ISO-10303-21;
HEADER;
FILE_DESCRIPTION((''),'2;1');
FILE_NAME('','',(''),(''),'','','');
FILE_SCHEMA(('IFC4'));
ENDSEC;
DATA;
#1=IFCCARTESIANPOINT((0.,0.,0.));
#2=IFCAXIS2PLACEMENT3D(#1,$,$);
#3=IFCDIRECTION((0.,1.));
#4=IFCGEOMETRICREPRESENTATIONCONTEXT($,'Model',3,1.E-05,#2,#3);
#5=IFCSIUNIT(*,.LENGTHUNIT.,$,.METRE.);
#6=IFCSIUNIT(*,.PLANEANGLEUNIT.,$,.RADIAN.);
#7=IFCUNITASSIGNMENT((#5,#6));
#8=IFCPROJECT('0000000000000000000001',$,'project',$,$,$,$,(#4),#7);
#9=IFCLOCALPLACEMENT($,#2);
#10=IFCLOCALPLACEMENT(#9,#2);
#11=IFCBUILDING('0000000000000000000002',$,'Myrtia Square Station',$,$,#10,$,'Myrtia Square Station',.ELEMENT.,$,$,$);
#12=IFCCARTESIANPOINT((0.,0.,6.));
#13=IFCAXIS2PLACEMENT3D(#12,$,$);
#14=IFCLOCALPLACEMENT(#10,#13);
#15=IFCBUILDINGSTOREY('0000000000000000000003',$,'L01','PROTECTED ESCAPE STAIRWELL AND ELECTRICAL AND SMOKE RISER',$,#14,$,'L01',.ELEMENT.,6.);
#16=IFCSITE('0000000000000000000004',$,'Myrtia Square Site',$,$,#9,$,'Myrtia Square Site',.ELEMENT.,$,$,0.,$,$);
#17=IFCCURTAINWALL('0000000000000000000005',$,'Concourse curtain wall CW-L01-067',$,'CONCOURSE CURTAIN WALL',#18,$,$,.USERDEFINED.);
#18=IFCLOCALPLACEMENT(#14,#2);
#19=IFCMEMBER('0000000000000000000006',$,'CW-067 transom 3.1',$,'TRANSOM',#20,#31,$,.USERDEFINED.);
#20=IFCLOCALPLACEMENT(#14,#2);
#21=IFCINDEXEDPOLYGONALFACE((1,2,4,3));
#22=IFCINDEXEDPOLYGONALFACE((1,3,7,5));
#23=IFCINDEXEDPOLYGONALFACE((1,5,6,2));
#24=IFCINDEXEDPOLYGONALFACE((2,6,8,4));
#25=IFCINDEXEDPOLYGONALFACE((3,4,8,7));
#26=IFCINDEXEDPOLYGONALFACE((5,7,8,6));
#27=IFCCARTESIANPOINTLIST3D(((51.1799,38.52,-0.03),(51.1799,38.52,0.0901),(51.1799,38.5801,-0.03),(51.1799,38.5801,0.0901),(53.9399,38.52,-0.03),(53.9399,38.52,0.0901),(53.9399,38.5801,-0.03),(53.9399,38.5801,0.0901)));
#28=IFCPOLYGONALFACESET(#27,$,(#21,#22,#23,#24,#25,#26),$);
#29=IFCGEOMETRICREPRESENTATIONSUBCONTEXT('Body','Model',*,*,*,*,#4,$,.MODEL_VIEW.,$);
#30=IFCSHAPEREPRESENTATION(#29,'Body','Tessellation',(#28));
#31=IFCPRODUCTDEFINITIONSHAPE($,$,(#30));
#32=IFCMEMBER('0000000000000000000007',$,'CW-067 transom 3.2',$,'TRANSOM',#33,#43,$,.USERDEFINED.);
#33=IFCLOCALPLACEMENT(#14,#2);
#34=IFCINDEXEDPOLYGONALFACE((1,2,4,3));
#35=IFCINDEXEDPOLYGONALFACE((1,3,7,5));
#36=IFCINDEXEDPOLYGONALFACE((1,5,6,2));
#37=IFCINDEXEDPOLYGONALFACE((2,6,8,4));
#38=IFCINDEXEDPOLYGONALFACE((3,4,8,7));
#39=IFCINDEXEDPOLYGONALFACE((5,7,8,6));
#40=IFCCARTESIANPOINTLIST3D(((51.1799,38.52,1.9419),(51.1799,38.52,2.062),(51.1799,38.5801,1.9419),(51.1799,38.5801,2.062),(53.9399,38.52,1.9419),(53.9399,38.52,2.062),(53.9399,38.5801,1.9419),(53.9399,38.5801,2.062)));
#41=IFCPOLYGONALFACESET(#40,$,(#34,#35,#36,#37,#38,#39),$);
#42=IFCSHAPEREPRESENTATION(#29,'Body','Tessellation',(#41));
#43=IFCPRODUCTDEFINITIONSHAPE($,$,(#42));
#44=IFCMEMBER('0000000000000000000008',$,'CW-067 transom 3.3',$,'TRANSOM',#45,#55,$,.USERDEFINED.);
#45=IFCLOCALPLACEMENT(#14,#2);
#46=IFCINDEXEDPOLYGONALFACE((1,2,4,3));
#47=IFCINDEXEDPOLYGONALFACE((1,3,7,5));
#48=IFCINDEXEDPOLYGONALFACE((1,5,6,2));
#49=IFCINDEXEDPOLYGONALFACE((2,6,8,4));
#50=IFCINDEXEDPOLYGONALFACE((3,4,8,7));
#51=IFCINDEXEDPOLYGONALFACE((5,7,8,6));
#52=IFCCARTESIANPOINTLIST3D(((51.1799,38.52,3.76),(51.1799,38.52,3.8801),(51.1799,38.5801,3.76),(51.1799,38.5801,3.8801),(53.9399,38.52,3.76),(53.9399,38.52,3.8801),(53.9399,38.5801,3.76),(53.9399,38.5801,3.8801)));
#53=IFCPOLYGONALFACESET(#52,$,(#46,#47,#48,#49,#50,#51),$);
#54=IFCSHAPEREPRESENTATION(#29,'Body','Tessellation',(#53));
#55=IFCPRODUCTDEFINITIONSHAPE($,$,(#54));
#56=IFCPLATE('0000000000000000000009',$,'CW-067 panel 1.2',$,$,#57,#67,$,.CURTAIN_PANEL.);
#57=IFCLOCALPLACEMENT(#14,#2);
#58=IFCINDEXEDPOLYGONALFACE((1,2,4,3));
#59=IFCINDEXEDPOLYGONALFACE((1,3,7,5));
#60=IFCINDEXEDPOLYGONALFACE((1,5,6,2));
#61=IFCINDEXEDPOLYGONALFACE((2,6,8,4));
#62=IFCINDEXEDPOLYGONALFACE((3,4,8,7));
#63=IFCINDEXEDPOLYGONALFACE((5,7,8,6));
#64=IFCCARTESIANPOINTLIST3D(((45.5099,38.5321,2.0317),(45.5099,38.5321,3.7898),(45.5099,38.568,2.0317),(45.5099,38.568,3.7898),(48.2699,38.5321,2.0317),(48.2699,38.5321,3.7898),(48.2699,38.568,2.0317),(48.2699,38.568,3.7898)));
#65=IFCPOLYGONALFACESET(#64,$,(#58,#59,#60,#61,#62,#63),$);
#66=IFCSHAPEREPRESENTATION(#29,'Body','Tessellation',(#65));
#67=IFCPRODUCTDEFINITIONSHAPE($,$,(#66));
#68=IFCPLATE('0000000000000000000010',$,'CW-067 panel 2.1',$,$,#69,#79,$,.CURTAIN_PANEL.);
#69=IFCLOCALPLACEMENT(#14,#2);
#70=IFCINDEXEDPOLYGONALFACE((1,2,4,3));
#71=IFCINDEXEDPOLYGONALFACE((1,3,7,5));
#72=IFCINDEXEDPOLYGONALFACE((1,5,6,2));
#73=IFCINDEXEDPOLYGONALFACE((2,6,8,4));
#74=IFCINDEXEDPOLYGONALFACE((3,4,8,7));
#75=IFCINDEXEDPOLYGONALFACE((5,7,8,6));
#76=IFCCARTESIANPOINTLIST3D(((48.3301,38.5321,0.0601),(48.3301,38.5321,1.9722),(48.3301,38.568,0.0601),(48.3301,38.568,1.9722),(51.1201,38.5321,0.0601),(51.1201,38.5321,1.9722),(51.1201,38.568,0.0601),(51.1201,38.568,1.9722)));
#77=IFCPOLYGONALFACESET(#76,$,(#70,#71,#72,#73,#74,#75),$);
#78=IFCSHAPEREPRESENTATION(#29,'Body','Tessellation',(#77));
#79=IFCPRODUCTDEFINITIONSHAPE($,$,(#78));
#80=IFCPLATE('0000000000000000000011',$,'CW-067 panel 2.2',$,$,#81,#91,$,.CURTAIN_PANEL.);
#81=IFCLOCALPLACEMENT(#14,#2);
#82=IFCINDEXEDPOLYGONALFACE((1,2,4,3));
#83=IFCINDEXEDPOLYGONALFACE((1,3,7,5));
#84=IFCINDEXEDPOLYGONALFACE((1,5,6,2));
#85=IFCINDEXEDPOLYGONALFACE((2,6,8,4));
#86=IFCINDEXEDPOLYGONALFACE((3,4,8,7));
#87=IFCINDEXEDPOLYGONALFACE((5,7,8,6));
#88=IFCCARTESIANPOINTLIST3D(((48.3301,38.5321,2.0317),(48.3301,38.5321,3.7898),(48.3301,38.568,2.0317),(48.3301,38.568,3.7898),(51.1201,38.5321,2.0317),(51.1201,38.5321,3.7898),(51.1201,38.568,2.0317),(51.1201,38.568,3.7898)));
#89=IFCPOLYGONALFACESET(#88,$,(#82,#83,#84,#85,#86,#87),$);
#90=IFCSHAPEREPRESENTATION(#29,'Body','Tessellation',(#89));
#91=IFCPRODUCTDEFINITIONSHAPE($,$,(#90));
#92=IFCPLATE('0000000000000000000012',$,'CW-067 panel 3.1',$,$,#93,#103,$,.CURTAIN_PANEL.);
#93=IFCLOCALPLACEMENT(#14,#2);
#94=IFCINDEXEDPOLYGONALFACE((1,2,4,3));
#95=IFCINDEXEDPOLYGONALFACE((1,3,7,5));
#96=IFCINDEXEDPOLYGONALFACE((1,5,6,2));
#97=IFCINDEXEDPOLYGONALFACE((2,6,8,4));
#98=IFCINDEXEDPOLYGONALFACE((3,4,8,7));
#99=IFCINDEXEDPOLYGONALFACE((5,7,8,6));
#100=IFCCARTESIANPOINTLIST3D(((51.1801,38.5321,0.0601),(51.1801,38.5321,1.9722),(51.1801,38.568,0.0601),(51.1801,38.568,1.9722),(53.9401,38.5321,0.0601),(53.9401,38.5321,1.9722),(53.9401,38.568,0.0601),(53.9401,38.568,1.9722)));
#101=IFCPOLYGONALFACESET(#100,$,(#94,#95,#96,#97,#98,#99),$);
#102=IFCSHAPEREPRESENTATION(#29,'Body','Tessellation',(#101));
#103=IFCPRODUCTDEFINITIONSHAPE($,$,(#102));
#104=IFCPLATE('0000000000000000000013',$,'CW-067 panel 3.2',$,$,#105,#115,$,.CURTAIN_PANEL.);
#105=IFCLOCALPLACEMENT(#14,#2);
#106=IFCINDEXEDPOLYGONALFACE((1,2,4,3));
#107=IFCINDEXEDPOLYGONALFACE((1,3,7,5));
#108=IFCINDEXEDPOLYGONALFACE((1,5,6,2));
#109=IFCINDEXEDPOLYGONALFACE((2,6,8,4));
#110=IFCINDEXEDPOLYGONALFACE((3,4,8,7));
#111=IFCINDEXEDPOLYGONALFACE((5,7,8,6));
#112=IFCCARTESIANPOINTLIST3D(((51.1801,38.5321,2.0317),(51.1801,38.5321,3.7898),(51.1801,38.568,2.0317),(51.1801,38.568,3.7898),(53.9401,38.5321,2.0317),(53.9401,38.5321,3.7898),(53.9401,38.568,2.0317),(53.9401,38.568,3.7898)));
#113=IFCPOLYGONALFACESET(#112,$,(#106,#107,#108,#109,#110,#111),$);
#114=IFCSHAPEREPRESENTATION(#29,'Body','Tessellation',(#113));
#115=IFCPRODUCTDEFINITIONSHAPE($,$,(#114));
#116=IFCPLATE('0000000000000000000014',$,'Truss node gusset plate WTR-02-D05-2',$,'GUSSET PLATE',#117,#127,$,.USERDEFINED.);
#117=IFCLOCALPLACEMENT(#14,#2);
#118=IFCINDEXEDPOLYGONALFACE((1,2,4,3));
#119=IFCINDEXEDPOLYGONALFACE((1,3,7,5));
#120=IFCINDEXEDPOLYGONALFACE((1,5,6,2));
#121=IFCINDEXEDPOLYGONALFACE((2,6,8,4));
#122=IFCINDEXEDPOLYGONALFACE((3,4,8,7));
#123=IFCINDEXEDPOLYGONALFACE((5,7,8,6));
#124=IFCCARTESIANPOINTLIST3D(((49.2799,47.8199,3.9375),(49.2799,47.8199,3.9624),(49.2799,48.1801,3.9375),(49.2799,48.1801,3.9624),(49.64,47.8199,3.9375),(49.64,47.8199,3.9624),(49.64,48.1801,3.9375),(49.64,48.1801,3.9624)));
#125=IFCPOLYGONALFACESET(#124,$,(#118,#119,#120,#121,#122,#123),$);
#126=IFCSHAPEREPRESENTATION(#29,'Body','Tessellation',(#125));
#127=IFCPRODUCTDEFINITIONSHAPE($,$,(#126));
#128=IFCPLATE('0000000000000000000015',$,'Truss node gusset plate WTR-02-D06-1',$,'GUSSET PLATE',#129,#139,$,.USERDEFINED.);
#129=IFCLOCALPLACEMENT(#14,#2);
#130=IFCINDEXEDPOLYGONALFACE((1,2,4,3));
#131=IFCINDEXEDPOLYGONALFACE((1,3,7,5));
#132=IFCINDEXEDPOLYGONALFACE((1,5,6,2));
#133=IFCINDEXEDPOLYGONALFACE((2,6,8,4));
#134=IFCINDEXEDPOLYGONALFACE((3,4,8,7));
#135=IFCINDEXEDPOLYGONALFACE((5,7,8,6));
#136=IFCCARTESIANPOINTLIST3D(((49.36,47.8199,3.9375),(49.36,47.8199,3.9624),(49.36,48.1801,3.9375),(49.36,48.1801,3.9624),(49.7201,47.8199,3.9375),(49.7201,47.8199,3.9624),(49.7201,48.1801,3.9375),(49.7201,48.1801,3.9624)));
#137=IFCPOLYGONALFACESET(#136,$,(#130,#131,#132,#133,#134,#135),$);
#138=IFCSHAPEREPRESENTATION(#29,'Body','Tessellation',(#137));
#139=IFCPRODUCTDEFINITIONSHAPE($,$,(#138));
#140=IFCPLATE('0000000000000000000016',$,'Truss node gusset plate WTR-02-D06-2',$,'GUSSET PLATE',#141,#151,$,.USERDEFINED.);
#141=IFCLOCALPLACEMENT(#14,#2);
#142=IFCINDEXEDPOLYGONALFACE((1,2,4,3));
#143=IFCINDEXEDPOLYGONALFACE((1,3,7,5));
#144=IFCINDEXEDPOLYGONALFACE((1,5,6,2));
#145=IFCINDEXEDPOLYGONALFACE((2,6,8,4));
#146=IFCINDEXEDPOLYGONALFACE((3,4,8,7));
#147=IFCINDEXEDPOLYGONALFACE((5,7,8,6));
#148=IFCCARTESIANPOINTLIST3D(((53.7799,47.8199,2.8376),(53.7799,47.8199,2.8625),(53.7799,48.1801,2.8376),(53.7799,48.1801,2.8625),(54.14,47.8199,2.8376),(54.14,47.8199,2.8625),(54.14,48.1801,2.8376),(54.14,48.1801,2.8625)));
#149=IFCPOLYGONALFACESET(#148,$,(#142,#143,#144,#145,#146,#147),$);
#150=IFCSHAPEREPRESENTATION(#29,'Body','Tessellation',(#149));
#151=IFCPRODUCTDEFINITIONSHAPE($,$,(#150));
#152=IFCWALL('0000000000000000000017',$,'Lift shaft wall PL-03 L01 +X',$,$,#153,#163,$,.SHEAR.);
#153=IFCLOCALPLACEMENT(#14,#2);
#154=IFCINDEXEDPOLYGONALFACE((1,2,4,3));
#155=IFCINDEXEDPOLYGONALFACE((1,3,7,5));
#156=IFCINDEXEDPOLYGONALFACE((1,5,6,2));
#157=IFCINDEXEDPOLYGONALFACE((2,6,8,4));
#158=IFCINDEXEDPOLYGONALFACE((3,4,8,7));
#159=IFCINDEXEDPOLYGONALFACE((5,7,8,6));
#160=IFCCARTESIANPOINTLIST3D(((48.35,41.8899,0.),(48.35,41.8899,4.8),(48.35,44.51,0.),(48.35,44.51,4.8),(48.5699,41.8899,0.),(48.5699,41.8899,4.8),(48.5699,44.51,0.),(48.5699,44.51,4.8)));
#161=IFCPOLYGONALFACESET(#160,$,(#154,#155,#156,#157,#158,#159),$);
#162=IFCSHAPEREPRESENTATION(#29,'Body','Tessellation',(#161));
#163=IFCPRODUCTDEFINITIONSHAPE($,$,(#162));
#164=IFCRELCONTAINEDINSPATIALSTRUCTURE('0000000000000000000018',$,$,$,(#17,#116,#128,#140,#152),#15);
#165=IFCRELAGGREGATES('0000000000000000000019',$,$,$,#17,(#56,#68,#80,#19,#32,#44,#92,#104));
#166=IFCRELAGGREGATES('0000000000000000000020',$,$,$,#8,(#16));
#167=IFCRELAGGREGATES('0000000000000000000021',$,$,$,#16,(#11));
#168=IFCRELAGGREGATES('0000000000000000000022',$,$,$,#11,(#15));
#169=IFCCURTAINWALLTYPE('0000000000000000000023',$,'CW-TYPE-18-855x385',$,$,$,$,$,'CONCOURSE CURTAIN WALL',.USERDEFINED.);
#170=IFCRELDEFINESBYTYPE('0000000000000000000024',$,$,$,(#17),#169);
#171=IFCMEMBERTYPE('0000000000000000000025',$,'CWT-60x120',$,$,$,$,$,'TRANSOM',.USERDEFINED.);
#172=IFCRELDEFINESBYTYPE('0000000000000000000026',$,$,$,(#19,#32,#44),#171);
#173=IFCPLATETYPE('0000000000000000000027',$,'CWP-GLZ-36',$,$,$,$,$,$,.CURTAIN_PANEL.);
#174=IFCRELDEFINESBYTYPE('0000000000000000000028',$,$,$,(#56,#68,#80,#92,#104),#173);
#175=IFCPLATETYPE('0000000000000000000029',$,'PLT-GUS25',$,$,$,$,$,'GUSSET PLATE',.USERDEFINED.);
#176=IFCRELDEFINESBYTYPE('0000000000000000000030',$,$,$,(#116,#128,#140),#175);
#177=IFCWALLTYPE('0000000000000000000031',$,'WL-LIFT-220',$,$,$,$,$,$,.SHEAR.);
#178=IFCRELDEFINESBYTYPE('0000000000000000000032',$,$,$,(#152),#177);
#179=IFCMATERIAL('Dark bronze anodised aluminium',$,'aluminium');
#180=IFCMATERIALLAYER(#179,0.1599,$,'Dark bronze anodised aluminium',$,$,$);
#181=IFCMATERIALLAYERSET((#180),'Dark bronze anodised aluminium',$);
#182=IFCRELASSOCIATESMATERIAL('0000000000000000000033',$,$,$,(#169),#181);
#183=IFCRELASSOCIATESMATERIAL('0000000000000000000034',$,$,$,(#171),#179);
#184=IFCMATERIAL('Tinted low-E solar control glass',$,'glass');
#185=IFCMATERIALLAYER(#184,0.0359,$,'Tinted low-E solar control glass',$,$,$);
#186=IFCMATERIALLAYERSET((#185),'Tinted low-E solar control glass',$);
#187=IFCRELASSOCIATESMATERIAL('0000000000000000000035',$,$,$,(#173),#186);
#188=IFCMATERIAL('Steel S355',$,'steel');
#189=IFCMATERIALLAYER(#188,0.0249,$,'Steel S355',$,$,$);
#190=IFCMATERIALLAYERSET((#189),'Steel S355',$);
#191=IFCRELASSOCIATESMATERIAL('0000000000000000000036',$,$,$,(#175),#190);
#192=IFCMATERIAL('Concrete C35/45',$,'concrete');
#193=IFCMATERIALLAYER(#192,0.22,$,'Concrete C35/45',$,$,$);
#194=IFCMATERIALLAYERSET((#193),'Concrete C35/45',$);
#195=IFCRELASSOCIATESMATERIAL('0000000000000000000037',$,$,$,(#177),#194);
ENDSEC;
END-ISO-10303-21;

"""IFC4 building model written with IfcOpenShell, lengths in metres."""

from ifc_helpers import new_model, si_unit, direction, frame, frame_2d, origin, origin_2d, place, context, subcontext, project, spatial, rectangle, extrude, material, layer, layer_set, material_profile, profile_set, type_object, element, aggregate, save


model = new_model("IFC4")

# Units and contexts
model_context = context("Model", 3, precision=1e-05, world=origin(), true_north=direction((0.0, 1.0)))
body_context = subcontext(model_context, "Body", "Model", "MODEL_VIEW")
ifc_project = project(units=[si_unit("LENGTHUNIT", "METRE"), si_unit("PLANEANGLEUNIT", "RADIAN")], contexts=[model_context])

# Site, building, storey
site_placement = place(None, origin())
site = spatial("IfcSite", under=ifc_project, at=site_placement, Name="Myrtia Square Site", LongName="Myrtia Square Site", CompositionType="ELEMENT", RefElevation=0.0)
building_placement = place(site_placement, origin())
building = spatial("IfcBuilding", under=site, at=building_placement, Name="Myrtia Square Station", LongName="Myrtia Square Station", CompositionType="ELEMENT")
storey_placement = place(building_placement, frame((0.0, 0.0, 6.0)))
storey = spatial("IfcBuildingStorey", under=building, at=storey_placement, Name="L01", Description="PROTECTED ESCAPE STAIRWELL AND ELECTRICAL AND SMOKE RISER", LongName="L01", CompositionType="ELEMENT", Elevation=6.0)

# Shared definitions
ifc_material_1 = material(Name="Steel S355", Category="steel")

# Curtain wall
ifc_material_2 = material(Name="Dark bronze anodised aluminium", Category="aluminium")
ifc_layer_1 = layer(ifc_material_2, 0.1599, Name="Dark bronze anodised aluminium")
ifc_layer_set_1 = layer_set([ifc_layer_1], Name="Dark bronze anodised aluminium")
curtain_wall_type = type_object("IfcCurtainWallType", Name="CW-TYPE-18-855x385", ElementType="CONCOURSE CURTAIN WALL", PredefinedType="USERDEFINED", material=ifc_layer_set_1)
curtain_wall_1_placement = place(storey_placement, origin())
curtain_wall_1 = element("IfcCurtainWall", 1, at=curtain_wall_1_placement, inside=storey, type_object=curtain_wall_type, Name="Concourse curtain wall CW-L01-067", ObjectType="CONCOURSE CURTAIN WALL", PredefinedType="USERDEFINED")

# Members
ifc_material_profile_1 = material_profile(ifc_material_2, rectangle(XDim=0.0601, YDim=0.1201, at=origin_2d()), Name="ALU-T 60x120")
ifc_profile_set_1 = profile_set([ifc_material_profile_1], Name="Dark bronze anodised aluminium")
member_type_1 = type_object("IfcMemberType", Name="CWT-60x120", ElementType="TRANSOM", PredefinedType="USERDEFINED", material=ifc_profile_set_1)
member_1_placement = place(storey_placement, frame((51.1799, 38.55, 0.03), z_axis=(1.0, 0.0, 0.0), x_axis=(0.0, 1.0, 0.0)))
member_1 = element("IfcMember", 2, at=member_1_placement, type_object=member_type_1, Name="CW-067 transom 3.1", ObjectType="TRANSOM", PredefinedType="USERDEFINED", context=body_context, shape_type="SweptSolid", body=[
    extrude(rectangle(XDim=0.0601, YDim=0.1201, at=origin_2d()), origin(), (0.0, 0.0, 1.0), 2.76),
])
member_2_placement = place(storey_placement, frame((51.1799, 38.55, 2.002), z_axis=(1.0, 0.0, 0.0), x_axis=(0.0, 1.0, 0.0)))
member_2 = element("IfcMember", 3, at=member_2_placement, type_object=member_type_1, Name="CW-067 transom 3.2", ObjectType="TRANSOM", PredefinedType="USERDEFINED", context=body_context, shape_type="SweptSolid", body=[
    extrude(rectangle(XDim=0.0601, YDim=0.1201, at=origin_2d()), origin(), (0.0, 0.0, 1.0), 2.76),
])
member_3_placement = place(storey_placement, frame((51.1799, 38.55, 3.8201), z_axis=(1.0, 0.0, 0.0), x_axis=(0.0, 1.0, 0.0)))
member_3 = element("IfcMember", 4, at=member_3_placement, type_object=member_type_1, Name="CW-067 transom 3.3", ObjectType="TRANSOM", PredefinedType="USERDEFINED", context=body_context, shape_type="SweptSolid", body=[
    extrude(rectangle(XDim=0.0601, YDim=0.1201, at=origin_2d()), origin(), (0.0, 0.0, 1.0), 2.76),
])

# Plates
ifc_material_3 = material(Name="Tinted low-E solar control glass", Category="glass")
ifc_layer_2 = layer(ifc_material_3, 0.0359, Name="Tinted low-E solar control glass")
ifc_layer_set_2 = layer_set([ifc_layer_2], Name="Tinted low-E solar control glass")
plate_type_1 = type_object("IfcPlateType", Name="CWP-GLZ-36", PredefinedType="CURTAIN_PANEL", material=ifc_layer_set_2)
plate_1_placement = place(storey_placement, frame((46.8899, 38.55, 2.0317), z_axis=(0.0, 0.0, 1.0), x_axis=(1.0, 0.0, 0.0)))
plate_1 = element("IfcPlate", 5, at=plate_1_placement, type_object=plate_type_1, Name="CW-067 panel 1.2", PredefinedType="CURTAIN_PANEL", context=body_context, shape_type="SweptSolid", body=[
    extrude(rectangle(XDim=2.76, YDim=0.0359, at=origin_2d()), origin(), (0.0, 0.0, 1.0), 1.7581),
])
plate_2_placement = place(storey_placement, frame((49.7251, 38.55, 0.0601), z_axis=(0.0, 0.0, 1.0), x_axis=(1.0, 0.0, 0.0)))
plate_2 = element("IfcPlate", 6, at=plate_2_placement, type_object=plate_type_1, Name="CW-067 panel 2.1", PredefinedType="CURTAIN_PANEL", context=body_context, shape_type="SweptSolid", body=[
    extrude(rectangle(XDim=2.79, YDim=0.0359, at=origin_2d()), origin(), (0.0, 0.0, 1.0), 1.9121),
])
plate_3_placement = place(storey_placement, frame((49.7251, 38.55, 2.0317), z_axis=(0.0, 0.0, 1.0), x_axis=(1.0, 0.0, 0.0)))
plate_3 = element("IfcPlate", 7, at=plate_3_placement, type_object=plate_type_1, Name="CW-067 panel 2.2", PredefinedType="CURTAIN_PANEL", context=body_context, shape_type="SweptSolid", body=[
    extrude(rectangle(XDim=2.79, YDim=0.0359, at=origin_2d()), origin(), (0.0, 0.0, 1.0), 1.7581),
])
plate_4_placement = place(storey_placement, frame((52.5601, 38.55, 0.0601), z_axis=(0.0, 0.0, 1.0), x_axis=(1.0, 0.0, 0.0)))
plate_4 = element("IfcPlate", 8, at=plate_4_placement, type_object=plate_type_1, Name="CW-067 panel 3.1", PredefinedType="CURTAIN_PANEL", context=body_context, shape_type="SweptSolid", body=[
    extrude(rectangle(XDim=2.76, YDim=0.0359, at=origin_2d()), origin(), (0.0, 0.0, 1.0), 1.9121),
])
plate_5_placement = place(storey_placement, frame((52.5601, 38.55, 2.0317), z_axis=(0.0, 0.0, 1.0), x_axis=(1.0, 0.0, 0.0)))
plate_5 = element("IfcPlate", 9, at=plate_5_placement, type_object=plate_type_1, Name="CW-067 panel 3.2", PredefinedType="CURTAIN_PANEL", context=body_context, shape_type="SweptSolid", body=[
    extrude(rectangle(XDim=2.76, YDim=0.0359, at=origin_2d()), origin(), (0.0, 0.0, 1.0), 1.7581),
])
aggregate(curtain_wall_1, [plate_1, plate_2, plate_3, member_1, member_2, member_3, plate_4, plate_5])

# Plates
ifc_layer_3 = layer(ifc_material_1, 0.0249, Name="Steel S355")
ifc_layer_set_3 = layer_set([ifc_layer_3], Name="Steel S355")
plate_type_2 = type_object("IfcPlateType", Name="PLT-GUS25", ElementType="GUSSET PLATE", PredefinedType="USERDEFINED", material=ifc_layer_set_3)
for number, where, z_axis, x_axis, name in (
    (10, (49.46, 48.0, 3.9375), (0.0, 0.0, 1.0), (1.0, 0.0, 0.0), "Truss node gusset plate WTR-02-D05-2"),
    (11, (49.54, 48.0, 3.9375), (0.0, 0.0, 1.0), (1.0, 0.0, 0.0), "Truss node gusset plate WTR-02-D06-1"),
    (12, (53.96, 48.0, 2.8376), (0.0, 0.0, 1.0), (1.0, 0.0, 0.0), "Truss node gusset plate WTR-02-D06-2"),
):
    element("IfcPlate", number, at=place(storey_placement, frame(where, z_axis=z_axis, x_axis=x_axis)), inside=storey, type_object=plate_type_2, Name=name, ObjectType="GUSSET PLATE", PredefinedType="USERDEFINED", context=body_context, shape_type="SweptSolid", body=[
        extrude(rectangle(XDim=0.3601, YDim=0.3601, at=origin_2d()), origin(), (0.0, 0.0, 1.0), 0.0249),
    ])

# Wall
ifc_material_4 = material(Name="Concrete C35/45", Category="concrete")
ifc_layer_4 = layer(ifc_material_4, 0.22, Name="Concrete C35/45")
ifc_layer_set_4 = layer_set([ifc_layer_4], Name="Concrete C35/45")
wall_type = type_object("IfcWallType", Name="WL-LIFT-220", PredefinedType="SHEAR", material=ifc_layer_set_4)
wall_placement = place(storey_placement, frame((48.46, 41.8899, 0.0), z_axis=(0.0, 0.0, 1.0), x_axis=(0.0, 1.0, 0.0)))
element("IfcWall", 13, at=wall_placement, inside=storey, type_object=wall_type, Name="Lift shaft wall PL-03 L01 +X", PredefinedType="SHEAR", context=body_context, shape_type="SweptSolid", body=[
    extrude(rectangle(XDim=2.6201, YDim=0.22, at=frame_2d((1.3101, 0.0))), origin(), (0.0, 0.0, 1.0), 4.8),
])

save(model, "model.ifc")
